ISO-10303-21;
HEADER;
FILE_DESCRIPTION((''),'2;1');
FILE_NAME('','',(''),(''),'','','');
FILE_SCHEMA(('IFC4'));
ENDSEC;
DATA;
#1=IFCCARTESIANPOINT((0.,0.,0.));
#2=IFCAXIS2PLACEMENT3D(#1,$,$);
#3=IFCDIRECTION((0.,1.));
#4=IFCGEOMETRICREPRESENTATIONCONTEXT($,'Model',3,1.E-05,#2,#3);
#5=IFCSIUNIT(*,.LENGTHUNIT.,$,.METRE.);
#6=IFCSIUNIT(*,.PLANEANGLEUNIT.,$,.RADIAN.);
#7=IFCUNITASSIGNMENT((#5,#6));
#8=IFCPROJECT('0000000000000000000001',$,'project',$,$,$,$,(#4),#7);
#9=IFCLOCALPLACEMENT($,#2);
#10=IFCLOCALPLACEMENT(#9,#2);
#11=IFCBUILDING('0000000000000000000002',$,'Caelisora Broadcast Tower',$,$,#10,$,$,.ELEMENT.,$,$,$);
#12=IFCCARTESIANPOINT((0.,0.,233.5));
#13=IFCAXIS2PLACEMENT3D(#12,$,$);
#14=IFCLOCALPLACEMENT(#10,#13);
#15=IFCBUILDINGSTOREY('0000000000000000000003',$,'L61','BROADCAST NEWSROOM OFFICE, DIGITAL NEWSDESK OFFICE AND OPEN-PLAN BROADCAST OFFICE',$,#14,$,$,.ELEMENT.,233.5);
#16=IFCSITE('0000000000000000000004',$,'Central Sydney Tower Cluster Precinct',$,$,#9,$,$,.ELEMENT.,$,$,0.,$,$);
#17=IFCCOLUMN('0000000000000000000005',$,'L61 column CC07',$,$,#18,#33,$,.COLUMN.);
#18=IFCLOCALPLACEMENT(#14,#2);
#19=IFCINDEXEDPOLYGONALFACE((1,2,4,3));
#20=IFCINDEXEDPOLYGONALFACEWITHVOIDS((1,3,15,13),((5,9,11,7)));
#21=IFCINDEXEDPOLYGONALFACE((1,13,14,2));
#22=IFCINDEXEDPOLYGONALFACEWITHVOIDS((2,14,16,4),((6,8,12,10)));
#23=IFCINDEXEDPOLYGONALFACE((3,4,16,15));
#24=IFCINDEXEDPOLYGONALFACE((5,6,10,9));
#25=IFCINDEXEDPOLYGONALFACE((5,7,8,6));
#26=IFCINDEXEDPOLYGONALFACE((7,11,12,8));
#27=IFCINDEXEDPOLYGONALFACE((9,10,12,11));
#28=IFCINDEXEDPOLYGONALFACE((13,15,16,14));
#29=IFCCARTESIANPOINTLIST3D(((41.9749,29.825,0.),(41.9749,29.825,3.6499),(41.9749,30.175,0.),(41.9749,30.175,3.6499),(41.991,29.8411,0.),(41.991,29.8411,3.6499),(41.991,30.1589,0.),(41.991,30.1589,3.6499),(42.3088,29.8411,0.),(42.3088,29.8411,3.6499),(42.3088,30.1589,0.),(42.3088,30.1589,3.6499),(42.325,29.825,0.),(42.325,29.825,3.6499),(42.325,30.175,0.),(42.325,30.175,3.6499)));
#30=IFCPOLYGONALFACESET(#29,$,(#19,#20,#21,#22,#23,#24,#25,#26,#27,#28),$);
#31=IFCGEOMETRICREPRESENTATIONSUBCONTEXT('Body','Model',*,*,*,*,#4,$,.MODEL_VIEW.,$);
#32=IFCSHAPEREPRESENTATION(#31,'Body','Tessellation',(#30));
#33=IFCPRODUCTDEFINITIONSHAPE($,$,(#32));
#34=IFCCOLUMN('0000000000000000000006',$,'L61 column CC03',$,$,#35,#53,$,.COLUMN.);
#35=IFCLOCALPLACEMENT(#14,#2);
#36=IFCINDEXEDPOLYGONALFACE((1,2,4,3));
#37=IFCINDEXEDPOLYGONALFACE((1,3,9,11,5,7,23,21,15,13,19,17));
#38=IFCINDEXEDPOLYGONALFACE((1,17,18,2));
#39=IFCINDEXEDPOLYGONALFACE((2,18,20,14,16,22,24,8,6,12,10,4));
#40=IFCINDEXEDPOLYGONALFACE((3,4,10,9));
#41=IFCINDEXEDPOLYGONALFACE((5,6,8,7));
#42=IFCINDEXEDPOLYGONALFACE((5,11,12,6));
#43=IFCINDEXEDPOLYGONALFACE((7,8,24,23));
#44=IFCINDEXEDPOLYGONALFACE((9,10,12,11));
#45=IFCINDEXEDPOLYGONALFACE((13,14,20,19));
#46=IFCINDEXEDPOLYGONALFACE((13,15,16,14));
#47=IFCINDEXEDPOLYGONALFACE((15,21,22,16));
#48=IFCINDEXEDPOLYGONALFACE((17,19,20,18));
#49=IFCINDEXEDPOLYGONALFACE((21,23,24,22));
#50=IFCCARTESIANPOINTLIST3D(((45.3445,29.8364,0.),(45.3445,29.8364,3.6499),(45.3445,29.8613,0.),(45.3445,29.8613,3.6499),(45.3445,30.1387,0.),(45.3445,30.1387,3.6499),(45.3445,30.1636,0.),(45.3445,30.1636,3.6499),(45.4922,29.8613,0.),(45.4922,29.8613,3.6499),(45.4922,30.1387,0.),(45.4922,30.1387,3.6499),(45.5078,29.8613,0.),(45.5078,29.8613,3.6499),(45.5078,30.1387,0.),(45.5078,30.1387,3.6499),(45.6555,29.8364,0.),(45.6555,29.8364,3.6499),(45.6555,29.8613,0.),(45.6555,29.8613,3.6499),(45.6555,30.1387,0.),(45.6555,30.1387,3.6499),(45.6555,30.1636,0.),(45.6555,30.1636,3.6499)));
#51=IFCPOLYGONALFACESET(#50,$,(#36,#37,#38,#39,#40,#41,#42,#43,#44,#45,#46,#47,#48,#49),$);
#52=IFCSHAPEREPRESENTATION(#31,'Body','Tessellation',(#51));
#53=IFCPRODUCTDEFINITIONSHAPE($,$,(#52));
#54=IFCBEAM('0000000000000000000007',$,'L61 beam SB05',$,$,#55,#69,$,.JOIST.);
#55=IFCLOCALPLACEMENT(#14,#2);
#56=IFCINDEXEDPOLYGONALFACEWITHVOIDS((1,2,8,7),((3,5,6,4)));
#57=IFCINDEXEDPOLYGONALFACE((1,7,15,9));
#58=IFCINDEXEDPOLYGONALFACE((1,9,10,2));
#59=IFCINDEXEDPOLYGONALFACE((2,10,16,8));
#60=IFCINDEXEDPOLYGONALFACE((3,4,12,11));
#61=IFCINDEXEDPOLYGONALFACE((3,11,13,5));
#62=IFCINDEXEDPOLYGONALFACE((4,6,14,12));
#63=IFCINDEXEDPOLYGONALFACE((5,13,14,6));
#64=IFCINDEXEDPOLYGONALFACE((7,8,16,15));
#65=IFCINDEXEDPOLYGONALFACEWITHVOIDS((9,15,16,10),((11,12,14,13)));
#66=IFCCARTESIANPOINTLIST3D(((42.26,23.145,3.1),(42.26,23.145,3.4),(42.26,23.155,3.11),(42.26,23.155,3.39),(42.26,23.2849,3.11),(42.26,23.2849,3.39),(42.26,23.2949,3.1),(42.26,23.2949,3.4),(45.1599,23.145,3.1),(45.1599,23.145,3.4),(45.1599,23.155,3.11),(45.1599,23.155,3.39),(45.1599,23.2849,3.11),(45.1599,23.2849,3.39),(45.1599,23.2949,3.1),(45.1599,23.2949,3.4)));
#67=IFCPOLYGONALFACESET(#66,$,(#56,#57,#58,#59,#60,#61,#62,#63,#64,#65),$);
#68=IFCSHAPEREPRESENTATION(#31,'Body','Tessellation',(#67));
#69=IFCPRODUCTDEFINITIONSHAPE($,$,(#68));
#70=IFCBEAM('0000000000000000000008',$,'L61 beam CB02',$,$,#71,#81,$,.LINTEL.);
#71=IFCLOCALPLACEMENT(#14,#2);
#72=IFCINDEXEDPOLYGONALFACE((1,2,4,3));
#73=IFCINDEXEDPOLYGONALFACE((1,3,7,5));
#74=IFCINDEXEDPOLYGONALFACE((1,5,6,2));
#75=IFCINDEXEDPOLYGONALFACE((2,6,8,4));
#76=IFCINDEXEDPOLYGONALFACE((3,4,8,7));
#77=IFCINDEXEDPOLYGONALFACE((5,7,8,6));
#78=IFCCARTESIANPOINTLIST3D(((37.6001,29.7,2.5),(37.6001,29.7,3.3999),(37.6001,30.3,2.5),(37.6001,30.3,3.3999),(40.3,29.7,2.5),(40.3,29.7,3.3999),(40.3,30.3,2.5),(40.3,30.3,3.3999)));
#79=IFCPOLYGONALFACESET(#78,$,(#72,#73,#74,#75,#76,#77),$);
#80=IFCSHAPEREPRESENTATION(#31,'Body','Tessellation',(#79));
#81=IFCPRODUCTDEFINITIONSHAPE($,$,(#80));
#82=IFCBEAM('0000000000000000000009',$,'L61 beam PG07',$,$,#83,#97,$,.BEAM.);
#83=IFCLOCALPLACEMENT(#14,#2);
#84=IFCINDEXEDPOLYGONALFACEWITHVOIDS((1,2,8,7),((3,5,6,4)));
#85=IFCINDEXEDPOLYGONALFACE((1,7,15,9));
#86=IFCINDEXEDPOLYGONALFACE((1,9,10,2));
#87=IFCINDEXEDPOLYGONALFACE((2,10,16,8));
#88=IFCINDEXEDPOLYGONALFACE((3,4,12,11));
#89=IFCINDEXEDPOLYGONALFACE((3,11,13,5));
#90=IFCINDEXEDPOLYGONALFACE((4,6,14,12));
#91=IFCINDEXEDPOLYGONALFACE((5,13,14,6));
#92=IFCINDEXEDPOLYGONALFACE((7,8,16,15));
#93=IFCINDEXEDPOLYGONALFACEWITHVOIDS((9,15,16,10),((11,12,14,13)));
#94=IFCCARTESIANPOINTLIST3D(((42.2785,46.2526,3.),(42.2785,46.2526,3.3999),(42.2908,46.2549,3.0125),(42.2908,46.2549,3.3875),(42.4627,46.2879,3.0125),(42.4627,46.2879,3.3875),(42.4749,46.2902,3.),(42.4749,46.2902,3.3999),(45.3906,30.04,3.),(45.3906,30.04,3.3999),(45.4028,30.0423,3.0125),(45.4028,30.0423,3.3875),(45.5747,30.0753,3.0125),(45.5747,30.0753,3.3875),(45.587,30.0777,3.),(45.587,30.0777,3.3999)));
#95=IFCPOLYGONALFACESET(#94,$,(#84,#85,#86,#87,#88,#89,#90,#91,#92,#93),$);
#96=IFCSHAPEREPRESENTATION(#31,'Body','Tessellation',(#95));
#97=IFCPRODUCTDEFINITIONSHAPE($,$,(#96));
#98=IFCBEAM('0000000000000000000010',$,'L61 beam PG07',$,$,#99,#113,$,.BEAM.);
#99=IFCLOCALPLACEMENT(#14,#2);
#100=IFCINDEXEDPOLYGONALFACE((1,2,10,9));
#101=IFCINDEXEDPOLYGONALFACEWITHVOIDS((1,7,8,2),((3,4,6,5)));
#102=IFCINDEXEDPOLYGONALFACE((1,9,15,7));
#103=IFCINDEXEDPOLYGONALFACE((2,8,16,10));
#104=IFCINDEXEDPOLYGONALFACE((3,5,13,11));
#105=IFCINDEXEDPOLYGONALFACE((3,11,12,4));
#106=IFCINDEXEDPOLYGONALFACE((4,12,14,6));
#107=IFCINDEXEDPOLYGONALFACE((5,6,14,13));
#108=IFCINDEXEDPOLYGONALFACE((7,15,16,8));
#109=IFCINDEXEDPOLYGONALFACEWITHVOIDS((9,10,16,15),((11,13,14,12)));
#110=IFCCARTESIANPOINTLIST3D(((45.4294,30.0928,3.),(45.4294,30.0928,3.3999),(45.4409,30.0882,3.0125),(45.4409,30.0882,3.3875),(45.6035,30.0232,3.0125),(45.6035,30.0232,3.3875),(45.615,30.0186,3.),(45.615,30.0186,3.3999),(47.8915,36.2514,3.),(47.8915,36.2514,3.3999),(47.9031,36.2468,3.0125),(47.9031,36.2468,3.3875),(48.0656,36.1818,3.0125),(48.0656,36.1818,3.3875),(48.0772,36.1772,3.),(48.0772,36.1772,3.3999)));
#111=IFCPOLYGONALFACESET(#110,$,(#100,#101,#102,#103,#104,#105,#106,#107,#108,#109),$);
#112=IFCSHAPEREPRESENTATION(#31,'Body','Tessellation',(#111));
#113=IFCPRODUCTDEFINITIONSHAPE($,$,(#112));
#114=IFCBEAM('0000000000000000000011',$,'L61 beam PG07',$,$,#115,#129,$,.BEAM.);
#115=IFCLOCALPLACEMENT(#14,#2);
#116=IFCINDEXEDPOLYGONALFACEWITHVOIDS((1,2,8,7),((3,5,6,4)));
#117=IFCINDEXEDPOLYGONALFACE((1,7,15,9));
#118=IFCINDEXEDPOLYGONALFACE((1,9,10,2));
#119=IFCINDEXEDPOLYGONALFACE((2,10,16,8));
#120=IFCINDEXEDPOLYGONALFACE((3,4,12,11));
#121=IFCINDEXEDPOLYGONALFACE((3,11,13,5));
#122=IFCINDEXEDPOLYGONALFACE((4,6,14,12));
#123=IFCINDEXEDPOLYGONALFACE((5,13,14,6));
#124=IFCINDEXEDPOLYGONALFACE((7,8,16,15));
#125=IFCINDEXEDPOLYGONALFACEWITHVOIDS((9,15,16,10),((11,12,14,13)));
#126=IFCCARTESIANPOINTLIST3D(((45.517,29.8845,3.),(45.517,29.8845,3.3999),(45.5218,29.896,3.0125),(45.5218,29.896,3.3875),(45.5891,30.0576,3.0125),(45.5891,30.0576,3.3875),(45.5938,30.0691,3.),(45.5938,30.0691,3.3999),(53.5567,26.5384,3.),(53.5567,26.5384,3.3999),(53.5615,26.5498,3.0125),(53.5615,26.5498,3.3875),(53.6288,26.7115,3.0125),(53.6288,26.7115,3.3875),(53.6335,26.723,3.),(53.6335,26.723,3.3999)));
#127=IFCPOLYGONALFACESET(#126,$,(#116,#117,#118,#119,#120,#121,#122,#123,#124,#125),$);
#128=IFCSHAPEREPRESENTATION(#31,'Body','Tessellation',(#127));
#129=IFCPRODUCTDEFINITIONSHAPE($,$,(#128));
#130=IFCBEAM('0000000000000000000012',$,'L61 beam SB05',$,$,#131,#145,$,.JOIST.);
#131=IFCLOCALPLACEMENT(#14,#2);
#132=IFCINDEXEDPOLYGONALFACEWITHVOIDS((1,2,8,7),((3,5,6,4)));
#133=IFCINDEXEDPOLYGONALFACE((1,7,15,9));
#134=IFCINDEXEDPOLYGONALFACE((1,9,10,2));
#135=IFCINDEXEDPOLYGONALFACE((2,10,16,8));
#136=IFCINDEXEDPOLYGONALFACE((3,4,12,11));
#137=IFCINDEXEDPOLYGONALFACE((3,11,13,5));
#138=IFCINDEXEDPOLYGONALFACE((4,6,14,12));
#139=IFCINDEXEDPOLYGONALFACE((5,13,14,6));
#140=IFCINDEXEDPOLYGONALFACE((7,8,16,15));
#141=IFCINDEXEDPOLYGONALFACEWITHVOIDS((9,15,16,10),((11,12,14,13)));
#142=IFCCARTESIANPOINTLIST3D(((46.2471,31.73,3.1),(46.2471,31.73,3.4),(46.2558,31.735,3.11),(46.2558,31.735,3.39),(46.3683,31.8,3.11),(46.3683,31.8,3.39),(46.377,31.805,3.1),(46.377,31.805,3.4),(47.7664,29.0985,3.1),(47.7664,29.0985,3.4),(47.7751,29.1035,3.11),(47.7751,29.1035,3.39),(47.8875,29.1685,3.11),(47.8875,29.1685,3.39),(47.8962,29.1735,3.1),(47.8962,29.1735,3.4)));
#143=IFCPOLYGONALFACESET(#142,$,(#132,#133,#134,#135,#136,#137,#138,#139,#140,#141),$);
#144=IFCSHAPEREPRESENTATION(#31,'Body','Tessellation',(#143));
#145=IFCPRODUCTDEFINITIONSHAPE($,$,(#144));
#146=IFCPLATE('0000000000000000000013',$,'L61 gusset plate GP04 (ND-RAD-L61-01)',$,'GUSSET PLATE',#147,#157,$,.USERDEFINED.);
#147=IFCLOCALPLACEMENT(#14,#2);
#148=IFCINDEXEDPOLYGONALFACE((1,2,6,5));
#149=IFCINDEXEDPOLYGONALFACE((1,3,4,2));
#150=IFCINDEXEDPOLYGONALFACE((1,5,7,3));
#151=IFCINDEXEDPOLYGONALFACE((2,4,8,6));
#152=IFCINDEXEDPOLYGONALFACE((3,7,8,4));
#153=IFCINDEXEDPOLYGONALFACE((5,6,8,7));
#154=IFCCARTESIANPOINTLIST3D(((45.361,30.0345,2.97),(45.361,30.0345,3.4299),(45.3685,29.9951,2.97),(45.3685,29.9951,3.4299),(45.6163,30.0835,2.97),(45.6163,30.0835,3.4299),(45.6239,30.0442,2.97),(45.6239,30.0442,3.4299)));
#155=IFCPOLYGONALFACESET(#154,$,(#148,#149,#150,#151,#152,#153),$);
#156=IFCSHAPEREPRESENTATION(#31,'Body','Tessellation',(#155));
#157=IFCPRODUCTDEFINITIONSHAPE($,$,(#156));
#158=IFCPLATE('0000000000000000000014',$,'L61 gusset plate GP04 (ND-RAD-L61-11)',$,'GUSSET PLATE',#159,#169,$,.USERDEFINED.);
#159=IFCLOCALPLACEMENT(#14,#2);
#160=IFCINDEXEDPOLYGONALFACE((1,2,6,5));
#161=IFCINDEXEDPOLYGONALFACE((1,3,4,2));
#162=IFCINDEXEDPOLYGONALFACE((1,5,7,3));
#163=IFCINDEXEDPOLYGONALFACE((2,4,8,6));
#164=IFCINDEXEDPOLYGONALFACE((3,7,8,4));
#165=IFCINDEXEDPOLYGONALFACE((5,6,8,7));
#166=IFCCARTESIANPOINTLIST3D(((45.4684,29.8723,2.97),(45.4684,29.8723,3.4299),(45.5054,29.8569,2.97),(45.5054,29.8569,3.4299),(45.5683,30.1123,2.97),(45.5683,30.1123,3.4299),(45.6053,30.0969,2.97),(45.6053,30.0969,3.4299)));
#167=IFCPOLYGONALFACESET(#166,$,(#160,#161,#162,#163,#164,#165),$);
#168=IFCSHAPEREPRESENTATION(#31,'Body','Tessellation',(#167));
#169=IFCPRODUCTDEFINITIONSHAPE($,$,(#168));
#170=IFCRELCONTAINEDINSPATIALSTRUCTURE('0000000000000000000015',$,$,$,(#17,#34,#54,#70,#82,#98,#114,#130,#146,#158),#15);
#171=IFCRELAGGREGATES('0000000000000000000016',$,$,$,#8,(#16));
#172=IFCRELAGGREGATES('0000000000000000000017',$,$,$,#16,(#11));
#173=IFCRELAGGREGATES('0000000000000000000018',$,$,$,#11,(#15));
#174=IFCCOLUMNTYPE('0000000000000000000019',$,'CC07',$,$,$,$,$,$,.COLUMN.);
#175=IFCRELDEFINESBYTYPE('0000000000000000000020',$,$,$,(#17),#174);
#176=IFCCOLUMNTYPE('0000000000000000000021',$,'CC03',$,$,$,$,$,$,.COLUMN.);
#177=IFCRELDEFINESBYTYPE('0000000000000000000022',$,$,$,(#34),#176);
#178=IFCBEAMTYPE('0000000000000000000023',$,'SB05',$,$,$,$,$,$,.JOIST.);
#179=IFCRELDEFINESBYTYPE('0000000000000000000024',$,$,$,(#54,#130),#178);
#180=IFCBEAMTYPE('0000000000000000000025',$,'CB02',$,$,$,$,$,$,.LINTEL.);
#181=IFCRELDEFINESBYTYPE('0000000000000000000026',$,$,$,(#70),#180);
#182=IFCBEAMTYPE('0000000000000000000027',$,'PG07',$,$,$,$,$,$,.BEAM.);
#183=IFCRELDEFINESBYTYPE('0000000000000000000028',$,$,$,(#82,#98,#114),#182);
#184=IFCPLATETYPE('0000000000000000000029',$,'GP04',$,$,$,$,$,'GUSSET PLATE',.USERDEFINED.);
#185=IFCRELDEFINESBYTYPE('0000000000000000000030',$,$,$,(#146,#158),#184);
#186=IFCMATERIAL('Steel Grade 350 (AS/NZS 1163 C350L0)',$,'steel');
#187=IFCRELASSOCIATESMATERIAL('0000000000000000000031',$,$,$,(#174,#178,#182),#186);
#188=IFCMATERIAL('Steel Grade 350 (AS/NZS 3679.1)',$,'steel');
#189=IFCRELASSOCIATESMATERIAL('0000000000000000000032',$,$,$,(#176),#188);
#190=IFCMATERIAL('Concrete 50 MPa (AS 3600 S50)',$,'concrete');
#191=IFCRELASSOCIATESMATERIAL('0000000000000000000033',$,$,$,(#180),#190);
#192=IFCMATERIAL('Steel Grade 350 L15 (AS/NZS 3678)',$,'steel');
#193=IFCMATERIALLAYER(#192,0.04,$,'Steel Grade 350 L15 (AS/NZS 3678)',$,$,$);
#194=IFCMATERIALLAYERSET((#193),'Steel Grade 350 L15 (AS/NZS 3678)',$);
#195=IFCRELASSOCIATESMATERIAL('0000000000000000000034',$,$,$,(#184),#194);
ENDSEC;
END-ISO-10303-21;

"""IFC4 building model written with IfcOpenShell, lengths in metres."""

from ifc_helpers import new_model, si_unit, direction, frame, origin, origin_2d, place, context, subcontext, project, spatial, rectangle, hollow_rectangle, i_section, extrude, source, transform, mapped, material, layer, layer_set, material_profile, profile_set, type_object, type_shapes, element, save


model = new_model("IFC4")

# Units and contexts
model_context = context("Model", 3, precision=1e-05, world=origin(), true_north=direction((0.0, 1.0)))
body_context = subcontext(model_context, "Body", "Model", "MODEL_VIEW")
ifc_project = project(units=[si_unit("LENGTHUNIT", "METRE"), si_unit("PLANEANGLEUNIT", "RADIAN")], contexts=[model_context])

# Site, building, storey
site_placement = place(None, origin())
site = spatial("IfcSite", under=ifc_project, at=site_placement, Name="Central Sydney Tower Cluster Precinct", CompositionType="ELEMENT", RefElevation=0.0)
building_placement = place(site_placement, origin())
building = spatial("IfcBuilding", under=site, at=building_placement, Name="Caelisora Broadcast Tower", CompositionType="ELEMENT")
storey_placement = place(building_placement, frame((0.0, 0.0, 233.5)))
storey = spatial("IfcBuildingStorey", under=building, at=storey_placement, Name="L61", Description="BROADCAST NEWSROOM OFFICE, DIGITAL NEWSDESK OFFICE AND OPEN-PLAN BROADCAST OFFICE", CompositionType="ELEMENT", Elevation=233.5)

# Columns
ifc_material_1 = material(Name="Steel Grade 350 (AS/NZS 1163 C350L0)", Category="steel")
ifc_material_profile_1 = material_profile(ifc_material_1, hollow_rectangle(XDim=0.3501, YDim=0.3501, WallThickness=0.0161, at=origin_2d()), Name="Steel Grade 350 (AS/NZS 1163 C350L0)")
ifc_profile_set_1 = profile_set([ifc_material_profile_1], Name="Steel Grade 350 (AS/NZS 1163 C350L0)")
column_type_1 = type_object("IfcColumnType", Name="CC07", PredefinedType="COLUMN", material=ifc_profile_set_1)
shared_shape_1 = source(origin(), body_context, "Body", "SweptSolid", [
    extrude(hollow_rectangle(XDim=0.3501, YDim=0.3501, WallThickness=0.0161, at=origin_2d()), origin(), (0.0, 0.0, 1.0), 3.6499),
])
type_shapes(column_type_1, [shared_shape_1])
column_1_placement = place(storey_placement, frame((42.1499, 30.0, 0.0), z_axis=(0.0, 0.0, 1.0), x_axis=(1.0, 0.0, 0.0)))
element("IfcColumn", 1, at=column_1_placement, inside=storey, type_object=column_type_1, Name="L61 column CC07", PredefinedType="COLUMN", context=body_context, shape_type="MappedRepresentation", body=[
    mapped(shared_shape_1, transform((0.0, 0.0, 0.0), scale=1.0)),
])
ifc_material_2 = material(Name="Steel Grade 350 (AS/NZS 3679.1)", Category="steel")
ifc_material_profile_2 = material_profile(ifc_material_2, i_section(OverallWidth=0.311, OverallDepth=0.3271, WebThickness=0.0156, FlangeThickness=0.0249, at=origin_2d()), Name="Steel Grade 350 (AS/NZS 3679.1)")
ifc_profile_set_2 = profile_set([ifc_material_profile_2], Name="Steel Grade 350 (AS/NZS 3679.1)")
column_type_2 = type_object("IfcColumnType", Name="CC03", PredefinedType="COLUMN", material=ifc_profile_set_2)
shared_shape_2 = source(origin(), body_context, "Body", "SweptSolid", [
    extrude(i_section(OverallWidth=0.311, OverallDepth=0.3271, WebThickness=0.0156, FlangeThickness=0.0249, at=origin_2d()), origin(), (0.0, 0.0, 1.0), 3.6499),
])
type_shapes(column_type_2, [shared_shape_2])
column_2_placement = place(storey_placement, frame((45.5, 30.0, 0.0), z_axis=(0.0, 0.0, 1.0), x_axis=(1.0, 0.0, 0.0)))
element("IfcColumn", 2, at=column_2_placement, inside=storey, type_object=column_type_2, Name="L61 column CC03", PredefinedType="COLUMN", context=body_context, shape_type="MappedRepresentation", body=[
    mapped(shared_shape_2, transform((0.0, 0.0, 0.0), scale=1.0)),
])

# Beams
ifc_material_profile_3 = material_profile(ifc_material_1, hollow_rectangle(XDim=0.1499, YDim=0.3, WallThickness=0.01, at=origin_2d()), Name="Steel Grade 350 (AS/NZS 1163 C350L0)")
ifc_profile_set_3 = profile_set([ifc_material_profile_3], Name="Steel Grade 350 (AS/NZS 1163 C350L0)")
beam_type_1 = type_object("IfcBeamType", Name="SB05", PredefinedType="JOIST", material=ifc_profile_set_3)
shared_shape_3 = source(origin(), body_context, "Body", "SweptSolid", [
    extrude(hollow_rectangle(XDim=0.1499, YDim=0.3, WallThickness=0.01, at=origin_2d()), origin(), (0.0, 0.0, 1.0), 2.8999),
])
beam_1_placement = place(storey_placement, frame((42.26, 23.22, 3.25), z_axis=(1.0, 0.0, 0.0), x_axis=(0.0, 1.0, 0.0)))
element("IfcBeam", 3, at=beam_1_placement, inside=storey, type_object=beam_type_1, Name="L61 beam SB05", PredefinedType="JOIST", context=body_context, shape_type="MappedRepresentation", body=[
    mapped(shared_shape_3, transform((0.0, 0.0, 0.0), scale=1.0)),
])
ifc_material_3 = material(Name="Concrete 50 MPa (AS 3600 S50)", Category="concrete")
ifc_material_profile_4 = material_profile(ifc_material_3, rectangle(XDim=0.6001, YDim=0.8999, at=origin_2d()), Name="Concrete 50 MPa (AS 3600 S50)")
ifc_profile_set_4 = profile_set([ifc_material_profile_4], Name="Concrete 50 MPa (AS 3600 S50)")
beam_type_2 = type_object("IfcBeamType", Name="CB02", PredefinedType="LINTEL", material=ifc_profile_set_4)
shared_shape_4 = source(origin(), body_context, "Body", "SweptSolid", [
    extrude(rectangle(XDim=0.6001, YDim=0.8999, at=origin_2d()), origin(), (0.0, 0.0, 1.0), 2.7),
])
type_shapes(beam_type_2, [shared_shape_4])
beam_2_placement = place(storey_placement, frame((37.6001, 30.0, 2.95), z_axis=(1.0, 0.0, 0.0), x_axis=(0.0, 1.0, 0.0)))
element("IfcBeam", 4, at=beam_2_placement, inside=storey, type_object=beam_type_2, Name="L61 beam CB02", PredefinedType="LINTEL", context=body_context, shape_type="MappedRepresentation", body=[
    mapped(shared_shape_4, transform((0.0, 0.0, 0.0), scale=1.0)),
])
ifc_material_profile_5 = material_profile(ifc_material_1, hollow_rectangle(XDim=0.2, YDim=0.3999, WallThickness=0.0125, at=origin_2d()), Name="Steel Grade 350 (AS/NZS 1163 C350L0)")
ifc_profile_set_5 = profile_set([ifc_material_profile_5], Name="Steel Grade 350 (AS/NZS 1163 C350L0)")
beam_type_3 = type_object("IfcBeamType", Name="PG07", PredefinedType="BEAM", material=ifc_profile_set_5)
shared_shape_5 = source(origin(), body_context, "Body", "SweptSolid", [
    extrude(hollow_rectangle(XDim=0.2, YDim=0.3999, WallThickness=0.0125, at=origin_2d()), origin(), (0.0, 0.0, 1.0), 16.5085),
])
beam_3_placement = place(storey_placement, frame((45.4888, 30.0588, 3.2), z_axis=(-0.188511, 0.982071, 0.0), x_axis=(-0.982071, -0.188511, 0.0)))
element("IfcBeam", 5, at=beam_3_placement, inside=storey, type_object=beam_type_3, Name="L61 beam PG07", PredefinedType="BEAM", context=body_context, shape_type="MappedRepresentation", body=[
    mapped(shared_shape_5, transform((0.0, 0.0, 0.0), scale=1.0)),
])
shared_shape_6 = source(origin(), body_context, "Body", "SweptSolid", [
    extrude(hollow_rectangle(XDim=0.2, YDim=0.3999, WallThickness=0.0125, at=origin_2d()), origin(), (0.0, 0.0, 1.0), 6.6326),
])
beam_4_placement = place(storey_placement, frame((45.5222, 30.0557, 3.2), z_axis=(0.371219, 0.928545, 0.0), x_axis=(-0.928545, 0.371219, 0.0)))
element("IfcBeam", 6, at=beam_4_placement, inside=storey, type_object=beam_type_3, Name="L61 beam PG07", PredefinedType="BEAM", context=body_context, shape_type="MappedRepresentation", body=[
    mapped(shared_shape_6, transform((0.0, 0.0, 0.0), scale=1.0)),
])
shared_shape_7 = source(origin(), body_context, "Body", "SweptSolid", [
    extrude(hollow_rectangle(XDim=0.2, YDim=0.3999, WallThickness=0.0125, at=origin_2d()), origin(), (0.0, 0.0, 1.0), 8.7083),
])
type_shapes(beam_type_3, [shared_shape_5, shared_shape_6, shared_shape_7])
beam_5_placement = place(storey_placement, frame((45.5554, 29.9768, 3.2), z_axis=(0.923229, -0.384251, 0.0), x_axis=(0.384251, 0.923229, 0.0)))
element("IfcBeam", 7, at=beam_5_placement, inside=storey, type_object=beam_type_3, Name="L61 beam PG07", PredefinedType="BEAM", context=body_context, shape_type="MappedRepresentation", body=[
    mapped(shared_shape_7, transform((0.0, 0.0, 0.0), scale=1.0)),
])
shared_shape_8 = source(origin(), body_context, "Body", "SweptSolid", [
    extrude(hollow_rectangle(XDim=0.1499, YDim=0.3, WallThickness=0.01, at=origin_2d()), origin(), (0.0, 0.0, 1.0), 3.0386),
])
type_shapes(beam_type_1, [shared_shape_3, shared_shape_8])
beam_6_placement = place(storey_placement, frame((47.8313, 29.136, 3.25), z_axis=(-0.499984, 0.866034, 0.0), x_axis=(-0.866034, -0.499984, 0.0)))
element("IfcBeam", 8, at=beam_6_placement, inside=storey, type_object=beam_type_1, Name="L61 beam SB05", PredefinedType="JOIST", context=body_context, shape_type="MappedRepresentation", body=[
    mapped(shared_shape_8, transform((0.0, 0.0, 0.0), scale=1.0)),
])

# Plates
ifc_material_4 = material(Name="Steel Grade 350 L15 (AS/NZS 3678)", Category="steel")
ifc_layer_1 = layer(ifc_material_4, 0.04, Name="Steel Grade 350 L15 (AS/NZS 3678)")
ifc_layer_set_1 = layer_set([ifc_layer_1], Name="Steel Grade 350 L15 (AS/NZS 3678)")
plate_type = type_object("IfcPlateType", Name="GP04", ElementType="GUSSET PLATE", PredefinedType="USERDEFINED", material=ifc_layer_set_1)
shared_shape_9 = source(origin(), body_context, "Body", "SweptSolid", [
    extrude(rectangle(XDim=0.26, YDim=0.04, at=origin_2d()), origin(), (0.0, 0.0, 1.0), 0.46),
])
for number, where, z_axis, x_axis, name in (
    (9, (45.4924, 30.0393, 2.97), (0.0, 0.0, 1.0), (-0.982058, -0.188581, 0.0), "L61 gusset plate GP04 (ND-RAD-L61-01)"),
    (10, (45.5369, 29.9846, 2.97), (0.0, 0.0, 1.0), (0.384295, 0.92321, 0.0), "L61 gusset plate GP04 (ND-RAD-L61-11)"),
):
    element("IfcPlate", number, at=place(storey_placement, frame(where, z_axis=z_axis, x_axis=x_axis)), inside=storey, type_object=plate_type, Name=name, ObjectType="GUSSET PLATE", PredefinedType="USERDEFINED", context=body_context, shape_type="MappedRepresentation", body=[
        mapped(shared_shape_9, transform((0.0, 0.0, 0.0), scale=1.0)),
    ])

save(model, "model.ifc")
